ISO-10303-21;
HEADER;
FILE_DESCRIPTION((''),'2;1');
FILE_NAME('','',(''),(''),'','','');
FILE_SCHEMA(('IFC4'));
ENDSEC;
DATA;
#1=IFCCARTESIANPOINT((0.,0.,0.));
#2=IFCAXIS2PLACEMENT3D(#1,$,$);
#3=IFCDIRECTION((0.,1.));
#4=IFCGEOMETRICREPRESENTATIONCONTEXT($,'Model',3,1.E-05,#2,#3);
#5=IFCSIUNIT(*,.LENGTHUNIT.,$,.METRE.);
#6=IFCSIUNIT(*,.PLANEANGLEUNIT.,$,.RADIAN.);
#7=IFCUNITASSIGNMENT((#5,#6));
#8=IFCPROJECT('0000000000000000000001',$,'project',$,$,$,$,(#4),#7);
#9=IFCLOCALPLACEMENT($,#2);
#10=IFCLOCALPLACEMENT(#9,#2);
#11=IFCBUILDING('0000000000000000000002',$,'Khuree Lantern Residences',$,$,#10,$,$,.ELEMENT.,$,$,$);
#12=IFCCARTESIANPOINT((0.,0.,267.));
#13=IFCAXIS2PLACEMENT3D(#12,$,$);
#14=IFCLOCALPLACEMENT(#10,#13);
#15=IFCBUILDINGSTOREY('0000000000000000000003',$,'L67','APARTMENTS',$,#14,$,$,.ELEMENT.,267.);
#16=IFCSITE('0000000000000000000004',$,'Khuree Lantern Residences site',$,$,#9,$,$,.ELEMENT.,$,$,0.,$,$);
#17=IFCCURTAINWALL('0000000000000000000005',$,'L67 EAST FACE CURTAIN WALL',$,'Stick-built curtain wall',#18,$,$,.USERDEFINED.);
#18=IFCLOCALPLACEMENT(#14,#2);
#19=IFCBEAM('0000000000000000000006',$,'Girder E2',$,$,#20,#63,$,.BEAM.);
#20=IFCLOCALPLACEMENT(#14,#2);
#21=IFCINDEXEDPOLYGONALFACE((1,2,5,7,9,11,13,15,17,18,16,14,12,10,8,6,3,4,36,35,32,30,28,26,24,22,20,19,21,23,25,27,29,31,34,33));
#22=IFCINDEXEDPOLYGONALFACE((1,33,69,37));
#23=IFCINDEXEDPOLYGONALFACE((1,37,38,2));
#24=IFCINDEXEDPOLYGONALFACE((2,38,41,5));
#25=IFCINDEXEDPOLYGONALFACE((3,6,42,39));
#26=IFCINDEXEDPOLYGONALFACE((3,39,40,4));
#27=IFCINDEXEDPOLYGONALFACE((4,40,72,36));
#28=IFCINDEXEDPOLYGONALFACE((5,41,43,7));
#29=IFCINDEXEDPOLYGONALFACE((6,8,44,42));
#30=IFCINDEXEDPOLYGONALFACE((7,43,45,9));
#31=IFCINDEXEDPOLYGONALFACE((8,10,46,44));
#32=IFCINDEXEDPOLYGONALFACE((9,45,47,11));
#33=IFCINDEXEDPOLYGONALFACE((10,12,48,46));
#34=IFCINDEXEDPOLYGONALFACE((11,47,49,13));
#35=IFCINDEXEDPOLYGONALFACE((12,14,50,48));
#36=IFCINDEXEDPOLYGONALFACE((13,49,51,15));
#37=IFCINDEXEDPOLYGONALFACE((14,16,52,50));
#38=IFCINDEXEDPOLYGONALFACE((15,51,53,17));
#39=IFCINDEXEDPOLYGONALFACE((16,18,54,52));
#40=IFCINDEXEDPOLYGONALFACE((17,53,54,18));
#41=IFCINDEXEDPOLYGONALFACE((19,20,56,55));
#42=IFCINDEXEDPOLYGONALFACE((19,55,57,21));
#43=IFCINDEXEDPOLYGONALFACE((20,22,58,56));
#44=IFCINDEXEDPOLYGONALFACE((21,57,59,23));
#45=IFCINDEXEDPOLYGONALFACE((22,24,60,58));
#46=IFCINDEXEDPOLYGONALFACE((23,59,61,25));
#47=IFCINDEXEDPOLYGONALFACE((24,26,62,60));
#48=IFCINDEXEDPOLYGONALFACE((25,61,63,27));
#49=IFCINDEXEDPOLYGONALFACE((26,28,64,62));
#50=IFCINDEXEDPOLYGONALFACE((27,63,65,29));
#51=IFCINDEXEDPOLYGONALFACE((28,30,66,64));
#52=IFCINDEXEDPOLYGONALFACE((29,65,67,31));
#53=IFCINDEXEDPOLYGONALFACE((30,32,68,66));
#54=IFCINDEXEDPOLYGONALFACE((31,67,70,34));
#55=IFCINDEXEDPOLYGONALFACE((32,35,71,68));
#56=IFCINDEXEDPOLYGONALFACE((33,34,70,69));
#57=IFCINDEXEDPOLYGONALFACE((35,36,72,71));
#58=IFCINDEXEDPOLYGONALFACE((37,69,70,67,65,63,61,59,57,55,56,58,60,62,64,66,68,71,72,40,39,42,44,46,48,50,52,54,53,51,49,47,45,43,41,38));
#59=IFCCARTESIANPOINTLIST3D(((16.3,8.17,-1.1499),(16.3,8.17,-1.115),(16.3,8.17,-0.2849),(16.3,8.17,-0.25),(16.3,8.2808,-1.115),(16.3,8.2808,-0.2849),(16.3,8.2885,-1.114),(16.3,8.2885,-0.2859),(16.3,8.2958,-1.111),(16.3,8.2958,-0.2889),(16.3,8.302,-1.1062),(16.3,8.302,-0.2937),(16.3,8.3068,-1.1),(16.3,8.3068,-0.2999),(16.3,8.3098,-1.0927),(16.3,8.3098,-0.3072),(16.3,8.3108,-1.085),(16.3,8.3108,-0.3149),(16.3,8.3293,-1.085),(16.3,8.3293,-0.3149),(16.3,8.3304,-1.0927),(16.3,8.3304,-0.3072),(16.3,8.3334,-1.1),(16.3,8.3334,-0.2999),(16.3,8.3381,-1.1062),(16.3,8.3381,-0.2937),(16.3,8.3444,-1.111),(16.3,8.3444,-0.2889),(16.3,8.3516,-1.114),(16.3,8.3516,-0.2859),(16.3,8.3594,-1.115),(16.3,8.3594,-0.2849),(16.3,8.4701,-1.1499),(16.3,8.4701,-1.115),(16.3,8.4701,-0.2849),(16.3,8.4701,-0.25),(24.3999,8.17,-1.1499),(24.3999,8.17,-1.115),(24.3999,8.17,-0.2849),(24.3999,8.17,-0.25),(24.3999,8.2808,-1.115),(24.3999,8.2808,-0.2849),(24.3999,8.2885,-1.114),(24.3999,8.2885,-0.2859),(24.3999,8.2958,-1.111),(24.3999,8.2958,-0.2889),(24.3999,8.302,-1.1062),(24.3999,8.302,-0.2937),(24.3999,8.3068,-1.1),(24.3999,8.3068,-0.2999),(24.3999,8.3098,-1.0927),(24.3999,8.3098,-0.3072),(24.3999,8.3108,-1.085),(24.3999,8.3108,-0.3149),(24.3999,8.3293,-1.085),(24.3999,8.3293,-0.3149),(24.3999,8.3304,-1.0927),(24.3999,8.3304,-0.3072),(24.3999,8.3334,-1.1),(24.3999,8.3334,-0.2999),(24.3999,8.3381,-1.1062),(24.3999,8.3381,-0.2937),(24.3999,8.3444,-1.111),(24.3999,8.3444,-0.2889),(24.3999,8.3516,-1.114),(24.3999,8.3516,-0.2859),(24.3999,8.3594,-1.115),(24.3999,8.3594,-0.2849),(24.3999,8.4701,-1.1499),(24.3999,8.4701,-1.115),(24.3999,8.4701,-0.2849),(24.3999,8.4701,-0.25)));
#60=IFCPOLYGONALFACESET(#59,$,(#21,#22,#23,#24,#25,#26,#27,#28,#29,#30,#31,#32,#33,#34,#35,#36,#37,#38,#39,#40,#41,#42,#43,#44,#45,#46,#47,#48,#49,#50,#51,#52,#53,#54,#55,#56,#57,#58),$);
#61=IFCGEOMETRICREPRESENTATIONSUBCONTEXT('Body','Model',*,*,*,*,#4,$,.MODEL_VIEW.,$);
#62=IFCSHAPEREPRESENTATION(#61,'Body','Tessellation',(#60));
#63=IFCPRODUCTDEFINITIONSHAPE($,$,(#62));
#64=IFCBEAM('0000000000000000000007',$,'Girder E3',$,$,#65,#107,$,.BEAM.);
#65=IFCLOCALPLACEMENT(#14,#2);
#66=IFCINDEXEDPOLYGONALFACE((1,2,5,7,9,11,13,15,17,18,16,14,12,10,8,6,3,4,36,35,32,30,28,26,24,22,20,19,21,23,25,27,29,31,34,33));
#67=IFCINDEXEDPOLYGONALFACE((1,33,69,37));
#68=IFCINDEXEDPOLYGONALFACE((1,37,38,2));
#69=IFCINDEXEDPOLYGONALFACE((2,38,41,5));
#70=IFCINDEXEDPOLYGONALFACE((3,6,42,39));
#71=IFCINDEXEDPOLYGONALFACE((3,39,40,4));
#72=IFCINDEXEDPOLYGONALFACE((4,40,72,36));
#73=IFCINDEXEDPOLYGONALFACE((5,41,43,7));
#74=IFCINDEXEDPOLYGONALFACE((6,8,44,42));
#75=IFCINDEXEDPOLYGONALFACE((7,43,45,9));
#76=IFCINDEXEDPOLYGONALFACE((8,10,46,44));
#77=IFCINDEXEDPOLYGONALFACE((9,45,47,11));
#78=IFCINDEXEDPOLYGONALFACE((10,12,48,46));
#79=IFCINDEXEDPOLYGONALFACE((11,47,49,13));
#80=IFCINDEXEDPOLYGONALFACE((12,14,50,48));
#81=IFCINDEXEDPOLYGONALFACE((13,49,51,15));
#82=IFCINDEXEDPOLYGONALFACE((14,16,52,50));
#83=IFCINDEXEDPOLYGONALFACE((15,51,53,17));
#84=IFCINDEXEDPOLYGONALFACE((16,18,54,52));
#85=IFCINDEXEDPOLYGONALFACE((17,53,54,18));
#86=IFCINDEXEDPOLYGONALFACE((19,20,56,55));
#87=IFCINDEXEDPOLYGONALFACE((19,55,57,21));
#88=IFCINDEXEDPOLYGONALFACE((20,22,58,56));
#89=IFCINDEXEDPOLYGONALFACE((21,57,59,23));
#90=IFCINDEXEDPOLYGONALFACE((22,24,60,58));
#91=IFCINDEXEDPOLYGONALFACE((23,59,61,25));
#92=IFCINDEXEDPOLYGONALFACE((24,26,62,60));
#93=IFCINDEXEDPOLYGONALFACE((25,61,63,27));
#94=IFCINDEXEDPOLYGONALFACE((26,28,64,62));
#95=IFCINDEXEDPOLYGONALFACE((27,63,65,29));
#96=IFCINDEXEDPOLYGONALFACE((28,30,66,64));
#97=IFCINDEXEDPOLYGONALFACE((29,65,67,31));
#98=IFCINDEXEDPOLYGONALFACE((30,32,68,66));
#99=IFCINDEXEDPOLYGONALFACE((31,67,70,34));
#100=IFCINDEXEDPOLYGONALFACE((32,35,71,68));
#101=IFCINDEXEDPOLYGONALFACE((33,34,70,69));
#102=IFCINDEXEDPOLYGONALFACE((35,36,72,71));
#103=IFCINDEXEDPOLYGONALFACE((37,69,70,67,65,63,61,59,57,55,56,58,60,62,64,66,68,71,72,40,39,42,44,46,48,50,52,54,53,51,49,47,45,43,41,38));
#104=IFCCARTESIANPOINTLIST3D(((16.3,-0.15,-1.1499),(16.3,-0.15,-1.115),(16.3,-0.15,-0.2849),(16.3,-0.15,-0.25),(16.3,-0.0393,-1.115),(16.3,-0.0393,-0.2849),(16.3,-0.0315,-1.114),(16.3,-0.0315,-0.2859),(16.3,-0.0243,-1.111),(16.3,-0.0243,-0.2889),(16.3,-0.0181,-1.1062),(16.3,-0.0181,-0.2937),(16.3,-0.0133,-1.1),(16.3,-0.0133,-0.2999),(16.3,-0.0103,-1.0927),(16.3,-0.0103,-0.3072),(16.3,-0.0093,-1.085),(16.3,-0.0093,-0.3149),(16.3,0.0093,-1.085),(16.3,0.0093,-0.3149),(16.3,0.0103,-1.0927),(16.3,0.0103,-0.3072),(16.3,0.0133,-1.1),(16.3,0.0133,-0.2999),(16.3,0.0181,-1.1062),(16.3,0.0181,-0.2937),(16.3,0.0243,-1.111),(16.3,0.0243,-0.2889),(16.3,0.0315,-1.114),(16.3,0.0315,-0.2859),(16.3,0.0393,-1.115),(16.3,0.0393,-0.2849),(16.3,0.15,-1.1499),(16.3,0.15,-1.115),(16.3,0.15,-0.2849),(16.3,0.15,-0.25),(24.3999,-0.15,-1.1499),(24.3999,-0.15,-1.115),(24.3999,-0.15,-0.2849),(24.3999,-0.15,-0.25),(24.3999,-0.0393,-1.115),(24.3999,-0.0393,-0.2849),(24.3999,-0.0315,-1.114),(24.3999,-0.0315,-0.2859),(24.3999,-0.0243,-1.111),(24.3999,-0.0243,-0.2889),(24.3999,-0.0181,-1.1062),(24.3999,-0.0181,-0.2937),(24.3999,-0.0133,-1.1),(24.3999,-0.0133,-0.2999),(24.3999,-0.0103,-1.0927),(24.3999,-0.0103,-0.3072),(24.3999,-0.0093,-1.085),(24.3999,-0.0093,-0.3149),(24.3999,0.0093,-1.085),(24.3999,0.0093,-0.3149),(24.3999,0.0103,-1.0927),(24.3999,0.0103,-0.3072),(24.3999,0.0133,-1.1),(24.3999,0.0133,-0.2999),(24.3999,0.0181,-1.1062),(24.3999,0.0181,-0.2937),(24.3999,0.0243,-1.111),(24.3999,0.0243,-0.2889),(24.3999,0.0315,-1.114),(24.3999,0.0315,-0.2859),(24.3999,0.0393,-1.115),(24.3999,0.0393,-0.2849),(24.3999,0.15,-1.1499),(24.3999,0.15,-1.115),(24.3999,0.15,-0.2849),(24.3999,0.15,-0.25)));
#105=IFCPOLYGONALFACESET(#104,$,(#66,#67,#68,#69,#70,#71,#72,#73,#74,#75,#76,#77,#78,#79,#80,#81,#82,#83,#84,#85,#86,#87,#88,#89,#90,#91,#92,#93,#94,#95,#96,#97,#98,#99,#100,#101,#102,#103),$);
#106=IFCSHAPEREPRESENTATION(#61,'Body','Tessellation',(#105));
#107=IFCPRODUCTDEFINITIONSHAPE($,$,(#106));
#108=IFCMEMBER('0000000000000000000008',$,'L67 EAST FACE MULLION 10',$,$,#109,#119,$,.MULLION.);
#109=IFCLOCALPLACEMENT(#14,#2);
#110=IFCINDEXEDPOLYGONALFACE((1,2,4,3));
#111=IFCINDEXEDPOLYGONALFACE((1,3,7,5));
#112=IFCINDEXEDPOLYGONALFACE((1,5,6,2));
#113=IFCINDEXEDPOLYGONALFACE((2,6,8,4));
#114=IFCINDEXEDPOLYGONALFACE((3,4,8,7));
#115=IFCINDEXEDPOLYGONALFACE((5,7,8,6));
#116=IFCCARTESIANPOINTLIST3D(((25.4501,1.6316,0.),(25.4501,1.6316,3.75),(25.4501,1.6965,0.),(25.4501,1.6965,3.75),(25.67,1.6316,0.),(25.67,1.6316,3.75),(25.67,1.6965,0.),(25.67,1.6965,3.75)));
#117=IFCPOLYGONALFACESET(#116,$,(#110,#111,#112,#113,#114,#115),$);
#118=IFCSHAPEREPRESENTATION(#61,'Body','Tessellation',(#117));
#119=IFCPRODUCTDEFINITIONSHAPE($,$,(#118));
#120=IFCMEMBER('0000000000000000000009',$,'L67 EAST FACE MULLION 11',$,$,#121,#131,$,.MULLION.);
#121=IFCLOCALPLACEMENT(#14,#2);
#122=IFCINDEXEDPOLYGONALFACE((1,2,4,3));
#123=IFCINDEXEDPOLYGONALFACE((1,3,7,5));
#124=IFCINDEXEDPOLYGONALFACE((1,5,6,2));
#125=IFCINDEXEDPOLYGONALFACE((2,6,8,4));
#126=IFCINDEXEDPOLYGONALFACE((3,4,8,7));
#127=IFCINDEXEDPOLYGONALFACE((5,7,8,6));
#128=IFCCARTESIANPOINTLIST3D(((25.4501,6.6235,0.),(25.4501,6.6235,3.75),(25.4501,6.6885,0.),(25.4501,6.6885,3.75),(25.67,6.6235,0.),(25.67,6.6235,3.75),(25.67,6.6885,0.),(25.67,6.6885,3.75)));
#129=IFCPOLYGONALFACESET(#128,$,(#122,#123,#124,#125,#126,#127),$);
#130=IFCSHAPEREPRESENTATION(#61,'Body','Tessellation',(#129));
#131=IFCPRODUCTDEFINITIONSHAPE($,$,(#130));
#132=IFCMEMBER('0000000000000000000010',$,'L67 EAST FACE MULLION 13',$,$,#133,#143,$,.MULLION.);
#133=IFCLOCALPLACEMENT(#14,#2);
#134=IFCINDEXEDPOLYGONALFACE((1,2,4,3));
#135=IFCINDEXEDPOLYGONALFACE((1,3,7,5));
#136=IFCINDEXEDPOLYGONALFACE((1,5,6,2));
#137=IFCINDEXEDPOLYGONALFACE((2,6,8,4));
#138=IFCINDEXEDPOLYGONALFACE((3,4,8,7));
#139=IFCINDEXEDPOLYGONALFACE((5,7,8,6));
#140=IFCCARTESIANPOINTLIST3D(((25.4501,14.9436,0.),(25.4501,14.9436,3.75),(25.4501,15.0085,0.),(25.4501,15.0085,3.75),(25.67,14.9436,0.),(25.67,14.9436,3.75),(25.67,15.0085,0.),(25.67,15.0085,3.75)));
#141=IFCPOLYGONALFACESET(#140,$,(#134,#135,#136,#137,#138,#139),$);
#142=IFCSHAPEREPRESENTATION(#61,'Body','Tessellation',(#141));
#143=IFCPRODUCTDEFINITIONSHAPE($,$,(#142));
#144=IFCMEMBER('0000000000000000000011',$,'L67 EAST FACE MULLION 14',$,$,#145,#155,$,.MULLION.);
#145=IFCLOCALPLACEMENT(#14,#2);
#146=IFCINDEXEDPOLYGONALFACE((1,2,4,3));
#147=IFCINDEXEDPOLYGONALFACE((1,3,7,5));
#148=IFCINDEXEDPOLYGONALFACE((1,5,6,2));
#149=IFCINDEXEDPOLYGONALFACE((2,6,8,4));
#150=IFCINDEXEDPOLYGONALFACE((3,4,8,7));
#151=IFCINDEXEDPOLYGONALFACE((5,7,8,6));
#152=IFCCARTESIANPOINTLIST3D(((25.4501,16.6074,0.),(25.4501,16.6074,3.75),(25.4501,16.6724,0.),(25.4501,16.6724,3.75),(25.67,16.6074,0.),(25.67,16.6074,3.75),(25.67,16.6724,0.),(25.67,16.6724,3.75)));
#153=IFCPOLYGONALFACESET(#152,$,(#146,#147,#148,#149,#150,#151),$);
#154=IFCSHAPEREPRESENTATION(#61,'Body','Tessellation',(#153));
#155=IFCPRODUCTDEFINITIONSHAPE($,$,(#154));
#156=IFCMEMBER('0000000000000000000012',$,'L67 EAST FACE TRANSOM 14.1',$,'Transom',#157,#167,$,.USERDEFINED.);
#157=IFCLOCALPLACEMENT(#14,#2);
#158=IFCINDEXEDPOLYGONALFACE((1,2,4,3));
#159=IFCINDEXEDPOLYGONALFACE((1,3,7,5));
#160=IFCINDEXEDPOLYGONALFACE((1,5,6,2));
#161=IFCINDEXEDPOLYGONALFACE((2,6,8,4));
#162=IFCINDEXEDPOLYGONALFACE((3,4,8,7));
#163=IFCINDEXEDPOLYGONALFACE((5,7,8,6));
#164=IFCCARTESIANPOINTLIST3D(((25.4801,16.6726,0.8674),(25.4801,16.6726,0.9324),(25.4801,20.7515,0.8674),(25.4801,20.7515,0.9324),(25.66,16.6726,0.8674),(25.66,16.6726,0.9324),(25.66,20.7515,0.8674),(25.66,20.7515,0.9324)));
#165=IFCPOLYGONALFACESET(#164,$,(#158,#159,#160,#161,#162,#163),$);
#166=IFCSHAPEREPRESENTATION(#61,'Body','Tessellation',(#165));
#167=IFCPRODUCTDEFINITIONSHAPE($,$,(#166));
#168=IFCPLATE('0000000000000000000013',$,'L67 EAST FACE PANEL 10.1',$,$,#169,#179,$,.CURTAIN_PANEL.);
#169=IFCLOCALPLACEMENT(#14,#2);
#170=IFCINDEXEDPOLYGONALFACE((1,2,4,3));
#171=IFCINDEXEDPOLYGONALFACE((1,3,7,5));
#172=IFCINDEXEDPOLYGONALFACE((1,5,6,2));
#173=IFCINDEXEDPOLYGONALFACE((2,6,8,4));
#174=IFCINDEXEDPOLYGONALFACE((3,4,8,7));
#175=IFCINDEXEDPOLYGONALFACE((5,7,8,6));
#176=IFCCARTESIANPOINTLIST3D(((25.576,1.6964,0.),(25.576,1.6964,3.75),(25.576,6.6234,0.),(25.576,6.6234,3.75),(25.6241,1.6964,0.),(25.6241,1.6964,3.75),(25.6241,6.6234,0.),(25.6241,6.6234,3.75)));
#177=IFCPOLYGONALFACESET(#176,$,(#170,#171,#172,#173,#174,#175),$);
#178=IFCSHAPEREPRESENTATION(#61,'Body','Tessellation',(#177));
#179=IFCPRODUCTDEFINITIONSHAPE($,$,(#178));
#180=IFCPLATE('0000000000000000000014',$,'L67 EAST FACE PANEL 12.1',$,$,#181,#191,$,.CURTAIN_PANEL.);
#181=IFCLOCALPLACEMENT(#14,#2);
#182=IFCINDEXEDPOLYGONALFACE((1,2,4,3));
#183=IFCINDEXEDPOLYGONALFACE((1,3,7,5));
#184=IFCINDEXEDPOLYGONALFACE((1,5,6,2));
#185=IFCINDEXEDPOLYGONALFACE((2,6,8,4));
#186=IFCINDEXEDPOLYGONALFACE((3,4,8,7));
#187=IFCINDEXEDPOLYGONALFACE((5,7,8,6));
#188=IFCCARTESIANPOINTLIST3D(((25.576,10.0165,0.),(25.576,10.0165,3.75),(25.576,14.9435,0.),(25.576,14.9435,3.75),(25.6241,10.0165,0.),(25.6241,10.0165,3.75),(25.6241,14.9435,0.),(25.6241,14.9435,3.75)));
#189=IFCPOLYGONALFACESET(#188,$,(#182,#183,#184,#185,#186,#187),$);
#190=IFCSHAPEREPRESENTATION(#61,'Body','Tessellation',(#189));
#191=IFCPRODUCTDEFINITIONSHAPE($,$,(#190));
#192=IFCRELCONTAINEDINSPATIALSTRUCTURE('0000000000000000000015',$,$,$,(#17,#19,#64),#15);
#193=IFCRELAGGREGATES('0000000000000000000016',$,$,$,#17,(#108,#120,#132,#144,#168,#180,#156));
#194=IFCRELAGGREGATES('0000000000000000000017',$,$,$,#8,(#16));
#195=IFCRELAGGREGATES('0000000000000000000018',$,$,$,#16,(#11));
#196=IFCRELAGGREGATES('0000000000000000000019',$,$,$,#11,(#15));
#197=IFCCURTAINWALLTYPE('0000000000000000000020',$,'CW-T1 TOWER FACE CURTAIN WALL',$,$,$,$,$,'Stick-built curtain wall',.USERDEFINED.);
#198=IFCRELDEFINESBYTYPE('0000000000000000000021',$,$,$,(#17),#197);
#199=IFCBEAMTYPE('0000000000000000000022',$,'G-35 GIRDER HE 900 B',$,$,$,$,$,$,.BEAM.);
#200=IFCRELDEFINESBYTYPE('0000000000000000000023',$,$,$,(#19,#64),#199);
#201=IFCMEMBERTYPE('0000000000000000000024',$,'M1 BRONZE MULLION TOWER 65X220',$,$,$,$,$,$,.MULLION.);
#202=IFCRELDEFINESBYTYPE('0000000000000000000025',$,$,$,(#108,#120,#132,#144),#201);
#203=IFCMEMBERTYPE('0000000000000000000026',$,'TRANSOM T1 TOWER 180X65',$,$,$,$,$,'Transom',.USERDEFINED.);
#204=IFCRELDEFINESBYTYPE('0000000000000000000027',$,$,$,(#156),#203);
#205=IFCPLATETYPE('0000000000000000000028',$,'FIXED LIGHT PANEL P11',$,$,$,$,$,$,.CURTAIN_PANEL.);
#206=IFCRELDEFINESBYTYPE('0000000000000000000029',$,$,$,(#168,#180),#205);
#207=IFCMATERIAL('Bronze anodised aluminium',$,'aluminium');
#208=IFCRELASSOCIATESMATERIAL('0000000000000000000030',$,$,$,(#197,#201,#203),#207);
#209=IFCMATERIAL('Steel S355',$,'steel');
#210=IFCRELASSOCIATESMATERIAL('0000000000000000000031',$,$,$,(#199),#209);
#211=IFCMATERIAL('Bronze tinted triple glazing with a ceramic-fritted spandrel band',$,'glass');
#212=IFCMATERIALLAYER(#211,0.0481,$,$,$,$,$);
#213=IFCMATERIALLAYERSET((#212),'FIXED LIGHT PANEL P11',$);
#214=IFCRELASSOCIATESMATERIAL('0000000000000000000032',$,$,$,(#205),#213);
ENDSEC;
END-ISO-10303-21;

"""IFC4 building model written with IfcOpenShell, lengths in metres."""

from ifc_helpers import new_model, si_unit, direction, frame, origin, origin_2d, place, context, subcontext, project, spatial, rectangle, i_section, extrude, material, layer, layer_set, material_profile, profile_set, type_object, element, aggregate, save


model = new_model("IFC4")

# Units and contexts
model_context = context("Model", 3, precision=1e-05, world=origin(), true_north=direction((0.0, 1.0)))
body_context = subcontext(model_context, "Body", "Model", "MODEL_VIEW")
ifc_project = project(units=[si_unit("LENGTHUNIT", "METRE"), si_unit("PLANEANGLEUNIT", "RADIAN")], contexts=[model_context])

# Site, building, storey
site_placement = place(None, origin())
site = spatial("IfcSite", under=ifc_project, at=site_placement, Name="Khuree Lantern Residences site", CompositionType="ELEMENT", RefElevation=0.0)
building_placement = place(site_placement, origin())
building = spatial("IfcBuilding", under=site, at=building_placement, Name="Khuree Lantern Residences", CompositionType="ELEMENT")
storey_placement = place(building_placement, frame((0.0, 0.0, 267.0)))
storey = spatial("IfcBuildingStorey", under=building, at=storey_placement, Name="L67", Description="APARTMENTS", CompositionType="ELEMENT", Elevation=267.0)

# Shared definitions
ifc_material_1 = material(Name="Steel S355", Category="steel")

# Curtain wall
ifc_material_2 = material(Name="Bronze anodised aluminium", Category="aluminium")
curtain_wall_type = type_object("IfcCurtainWallType", Name="CW-T1 TOWER FACE CURTAIN WALL", ElementType="Stick-built curtain wall", PredefinedType="USERDEFINED", material=ifc_material_2)
curtain_wall_placement = place(storey_placement, origin())
curtain_wall = element("IfcCurtainWall", 1, at=curtain_wall_placement, inside=storey, type_object=curtain_wall_type, Name="L67 EAST FACE CURTAIN WALL", ObjectType="Stick-built curtain wall", PredefinedType="USERDEFINED")

# Beams
ifc_material_profile_1 = material_profile(ifc_material_1, i_section(OverallWidth=0.3, OverallDepth=0.8999, WebThickness=0.0186, FlangeThickness=0.0349, FilletRadius=0.03, at=origin_2d()), Name="HE 900 B")
ifc_profile_set_1 = profile_set([ifc_material_profile_1], Name="Steel S355")
beam_type_1 = type_object("IfcBeamType", Name="G-35 GIRDER HE 900 B", PredefinedType="BEAM", material=ifc_profile_set_1)
for number, where, z_axis, x_axis, name in (
    (2, (24.3999, 8.3201, -0.7), (-1.0, 0.0, 0.0), (0.0, -1.0, 0.0), "Girder E2"),
    (3, (24.3999, 0.0, -0.7), (-1.0, 0.0, 0.0), (0.0, -1.0, 0.0), "Girder E3"),
):
    element("IfcBeam", number, at=place(storey_placement, frame(where, z_axis=z_axis, x_axis=x_axis)), inside=storey, type_object=beam_type_1, Name=name, PredefinedType="BEAM", context=body_context, shape_type="SweptSolid", body=[
        extrude(i_section(OverallWidth=0.3, OverallDepth=0.8999, WebThickness=0.0186, FlangeThickness=0.0349, FilletRadius=0.03, at=origin_2d()), origin(), (0.0, 0.0, 1.0), 8.0999),
    ])

# Members
ifc_material_profile_2 = material_profile(ifc_material_2, rectangle(XDim=0.0649, YDim=0.22, at=origin_2d()), Name="M1 65X220")
ifc_profile_set_2 = profile_set([ifc_material_profile_2], Name="Bronze anodised aluminium")
member_type_1 = type_object("IfcMemberType", Name="M1 BRONZE MULLION TOWER 65X220", PredefinedType="MULLION", material=ifc_profile_set_2)
member_1_placement = place(storey_placement, frame((25.5601, 1.6641, 0.0), z_axis=(0.0, 0.0, 1.0), x_axis=(0.0, 1.0, 0.0)))
member_1 = element("IfcMember", 4, at=member_1_placement, type_object=member_type_1, Name="L67 EAST FACE MULLION 10", PredefinedType="MULLION", context=body_context, shape_type="SweptSolid", body=[
    extrude(rectangle(XDim=0.0649, YDim=0.22, at=origin_2d()), origin(), (0.0, 0.0, 1.0), 3.75),
])
member_2_placement = place(storey_placement, frame((25.5601, 6.656, 0.0), z_axis=(0.0, 0.0, 1.0), x_axis=(0.0, 1.0, 0.0)))
member_2 = element("IfcMember", 5, at=member_2_placement, type_object=member_type_1, Name="L67 EAST FACE MULLION 11", PredefinedType="MULLION", context=body_context, shape_type="SweptSolid", body=[
    extrude(rectangle(XDim=0.0649, YDim=0.22, at=origin_2d()), origin(), (0.0, 0.0, 1.0), 3.75),
])
member_3_placement = place(storey_placement, frame((25.5601, 14.9761, 0.0), z_axis=(0.0, 0.0, 1.0), x_axis=(0.0, 1.0, 0.0)))
member_3 = element("IfcMember", 6, at=member_3_placement, type_object=member_type_1, Name="L67 EAST FACE MULLION 13", PredefinedType="MULLION", context=body_context, shape_type="SweptSolid", body=[
    extrude(rectangle(XDim=0.0649, YDim=0.22, at=origin_2d()), origin(), (0.0, 0.0, 1.0), 3.75),
])
member_4_placement = place(storey_placement, frame((25.5601, 16.6399, 0.0), z_axis=(0.0, 0.0, 1.0), x_axis=(0.0, 1.0, 0.0)))
member_4 = element("IfcMember", 7, at=member_4_placement, type_object=member_type_1, Name="L67 EAST FACE MULLION 14", PredefinedType="MULLION", context=body_context, shape_type="SweptSolid", body=[
    extrude(rectangle(XDim=0.0649, YDim=0.22, at=origin_2d()), origin(), (0.0, 0.0, 1.0), 3.75),
])
ifc_material_profile_3 = material_profile(ifc_material_2, rectangle(XDim=0.1799, YDim=0.0649, at=origin_2d()), Name="T1 180X65")
ifc_profile_set_3 = profile_set([ifc_material_profile_3], Name="Bronze anodised aluminium")
member_type_2 = type_object("IfcMemberType", Name="TRANSOM T1 TOWER 180X65", ElementType="Transom", PredefinedType="USERDEFINED", material=ifc_profile_set_3)
member_5_placement = place(storey_placement, frame((25.5701, 16.6726, 0.8999), z_axis=(0.0, 1.0, 0.0), x_axis=(-1.0, 0.0, 0.0)))
member_5 = element("IfcMember", 8, at=member_5_placement, type_object=member_type_2, Name="L67 EAST FACE TRANSOM 14.1", ObjectType="Transom", PredefinedType="USERDEFINED", context=body_context, shape_type="SweptSolid", body=[
    extrude(rectangle(XDim=0.1799, YDim=0.0649, at=origin_2d()), origin(), (0.0, 0.0, 1.0), 4.0789),
])

# Plates
ifc_material_3 = material(Name="Bronze tinted triple glazing with a ceramic-fritted spandrel band", Category="glass")
ifc_layer_1 = layer(ifc_material_3, 0.0481)
ifc_layer_set_1 = layer_set([ifc_layer_1], Name="FIXED LIGHT PANEL P11")
plate_type_1 = type_object("IfcPlateType", Name="FIXED LIGHT PANEL P11", PredefinedType="CURTAIN_PANEL", material=ifc_layer_set_1)
plate_1_placement = place(storey_placement, frame((25.6001, 4.1599, 0.0), z_axis=(0.0, 0.0, 1.0), x_axis=(0.0, 1.0, 0.0)))
plate_1 = element("IfcPlate", 9, at=plate_1_placement, type_object=plate_type_1, Name="L67 EAST FACE PANEL 10.1", PredefinedType="CURTAIN_PANEL", context=body_context, shape_type="SweptSolid", body=[
    extrude(rectangle(XDim=4.927, YDim=0.0481, at=origin_2d()), origin(), (0.0, 0.0, 1.0), 3.75),
])
plate_2_placement = place(storey_placement, frame((25.6001, 12.48, 0.0), z_axis=(0.0, 0.0, 1.0), x_axis=(0.0, 1.0, 0.0)))
plate_2 = element("IfcPlate", 10, at=plate_2_placement, type_object=plate_type_1, Name="L67 EAST FACE PANEL 12.1", PredefinedType="CURTAIN_PANEL", context=body_context, shape_type="SweptSolid", body=[
    extrude(rectangle(XDim=4.927, YDim=0.0481, at=origin_2d()), origin(), (0.0, 0.0, 1.0), 3.75),
])
aggregate(curtain_wall, [member_1, member_2, member_3, member_4, plate_1, plate_2, member_5])

save(model, "model.ifc")
